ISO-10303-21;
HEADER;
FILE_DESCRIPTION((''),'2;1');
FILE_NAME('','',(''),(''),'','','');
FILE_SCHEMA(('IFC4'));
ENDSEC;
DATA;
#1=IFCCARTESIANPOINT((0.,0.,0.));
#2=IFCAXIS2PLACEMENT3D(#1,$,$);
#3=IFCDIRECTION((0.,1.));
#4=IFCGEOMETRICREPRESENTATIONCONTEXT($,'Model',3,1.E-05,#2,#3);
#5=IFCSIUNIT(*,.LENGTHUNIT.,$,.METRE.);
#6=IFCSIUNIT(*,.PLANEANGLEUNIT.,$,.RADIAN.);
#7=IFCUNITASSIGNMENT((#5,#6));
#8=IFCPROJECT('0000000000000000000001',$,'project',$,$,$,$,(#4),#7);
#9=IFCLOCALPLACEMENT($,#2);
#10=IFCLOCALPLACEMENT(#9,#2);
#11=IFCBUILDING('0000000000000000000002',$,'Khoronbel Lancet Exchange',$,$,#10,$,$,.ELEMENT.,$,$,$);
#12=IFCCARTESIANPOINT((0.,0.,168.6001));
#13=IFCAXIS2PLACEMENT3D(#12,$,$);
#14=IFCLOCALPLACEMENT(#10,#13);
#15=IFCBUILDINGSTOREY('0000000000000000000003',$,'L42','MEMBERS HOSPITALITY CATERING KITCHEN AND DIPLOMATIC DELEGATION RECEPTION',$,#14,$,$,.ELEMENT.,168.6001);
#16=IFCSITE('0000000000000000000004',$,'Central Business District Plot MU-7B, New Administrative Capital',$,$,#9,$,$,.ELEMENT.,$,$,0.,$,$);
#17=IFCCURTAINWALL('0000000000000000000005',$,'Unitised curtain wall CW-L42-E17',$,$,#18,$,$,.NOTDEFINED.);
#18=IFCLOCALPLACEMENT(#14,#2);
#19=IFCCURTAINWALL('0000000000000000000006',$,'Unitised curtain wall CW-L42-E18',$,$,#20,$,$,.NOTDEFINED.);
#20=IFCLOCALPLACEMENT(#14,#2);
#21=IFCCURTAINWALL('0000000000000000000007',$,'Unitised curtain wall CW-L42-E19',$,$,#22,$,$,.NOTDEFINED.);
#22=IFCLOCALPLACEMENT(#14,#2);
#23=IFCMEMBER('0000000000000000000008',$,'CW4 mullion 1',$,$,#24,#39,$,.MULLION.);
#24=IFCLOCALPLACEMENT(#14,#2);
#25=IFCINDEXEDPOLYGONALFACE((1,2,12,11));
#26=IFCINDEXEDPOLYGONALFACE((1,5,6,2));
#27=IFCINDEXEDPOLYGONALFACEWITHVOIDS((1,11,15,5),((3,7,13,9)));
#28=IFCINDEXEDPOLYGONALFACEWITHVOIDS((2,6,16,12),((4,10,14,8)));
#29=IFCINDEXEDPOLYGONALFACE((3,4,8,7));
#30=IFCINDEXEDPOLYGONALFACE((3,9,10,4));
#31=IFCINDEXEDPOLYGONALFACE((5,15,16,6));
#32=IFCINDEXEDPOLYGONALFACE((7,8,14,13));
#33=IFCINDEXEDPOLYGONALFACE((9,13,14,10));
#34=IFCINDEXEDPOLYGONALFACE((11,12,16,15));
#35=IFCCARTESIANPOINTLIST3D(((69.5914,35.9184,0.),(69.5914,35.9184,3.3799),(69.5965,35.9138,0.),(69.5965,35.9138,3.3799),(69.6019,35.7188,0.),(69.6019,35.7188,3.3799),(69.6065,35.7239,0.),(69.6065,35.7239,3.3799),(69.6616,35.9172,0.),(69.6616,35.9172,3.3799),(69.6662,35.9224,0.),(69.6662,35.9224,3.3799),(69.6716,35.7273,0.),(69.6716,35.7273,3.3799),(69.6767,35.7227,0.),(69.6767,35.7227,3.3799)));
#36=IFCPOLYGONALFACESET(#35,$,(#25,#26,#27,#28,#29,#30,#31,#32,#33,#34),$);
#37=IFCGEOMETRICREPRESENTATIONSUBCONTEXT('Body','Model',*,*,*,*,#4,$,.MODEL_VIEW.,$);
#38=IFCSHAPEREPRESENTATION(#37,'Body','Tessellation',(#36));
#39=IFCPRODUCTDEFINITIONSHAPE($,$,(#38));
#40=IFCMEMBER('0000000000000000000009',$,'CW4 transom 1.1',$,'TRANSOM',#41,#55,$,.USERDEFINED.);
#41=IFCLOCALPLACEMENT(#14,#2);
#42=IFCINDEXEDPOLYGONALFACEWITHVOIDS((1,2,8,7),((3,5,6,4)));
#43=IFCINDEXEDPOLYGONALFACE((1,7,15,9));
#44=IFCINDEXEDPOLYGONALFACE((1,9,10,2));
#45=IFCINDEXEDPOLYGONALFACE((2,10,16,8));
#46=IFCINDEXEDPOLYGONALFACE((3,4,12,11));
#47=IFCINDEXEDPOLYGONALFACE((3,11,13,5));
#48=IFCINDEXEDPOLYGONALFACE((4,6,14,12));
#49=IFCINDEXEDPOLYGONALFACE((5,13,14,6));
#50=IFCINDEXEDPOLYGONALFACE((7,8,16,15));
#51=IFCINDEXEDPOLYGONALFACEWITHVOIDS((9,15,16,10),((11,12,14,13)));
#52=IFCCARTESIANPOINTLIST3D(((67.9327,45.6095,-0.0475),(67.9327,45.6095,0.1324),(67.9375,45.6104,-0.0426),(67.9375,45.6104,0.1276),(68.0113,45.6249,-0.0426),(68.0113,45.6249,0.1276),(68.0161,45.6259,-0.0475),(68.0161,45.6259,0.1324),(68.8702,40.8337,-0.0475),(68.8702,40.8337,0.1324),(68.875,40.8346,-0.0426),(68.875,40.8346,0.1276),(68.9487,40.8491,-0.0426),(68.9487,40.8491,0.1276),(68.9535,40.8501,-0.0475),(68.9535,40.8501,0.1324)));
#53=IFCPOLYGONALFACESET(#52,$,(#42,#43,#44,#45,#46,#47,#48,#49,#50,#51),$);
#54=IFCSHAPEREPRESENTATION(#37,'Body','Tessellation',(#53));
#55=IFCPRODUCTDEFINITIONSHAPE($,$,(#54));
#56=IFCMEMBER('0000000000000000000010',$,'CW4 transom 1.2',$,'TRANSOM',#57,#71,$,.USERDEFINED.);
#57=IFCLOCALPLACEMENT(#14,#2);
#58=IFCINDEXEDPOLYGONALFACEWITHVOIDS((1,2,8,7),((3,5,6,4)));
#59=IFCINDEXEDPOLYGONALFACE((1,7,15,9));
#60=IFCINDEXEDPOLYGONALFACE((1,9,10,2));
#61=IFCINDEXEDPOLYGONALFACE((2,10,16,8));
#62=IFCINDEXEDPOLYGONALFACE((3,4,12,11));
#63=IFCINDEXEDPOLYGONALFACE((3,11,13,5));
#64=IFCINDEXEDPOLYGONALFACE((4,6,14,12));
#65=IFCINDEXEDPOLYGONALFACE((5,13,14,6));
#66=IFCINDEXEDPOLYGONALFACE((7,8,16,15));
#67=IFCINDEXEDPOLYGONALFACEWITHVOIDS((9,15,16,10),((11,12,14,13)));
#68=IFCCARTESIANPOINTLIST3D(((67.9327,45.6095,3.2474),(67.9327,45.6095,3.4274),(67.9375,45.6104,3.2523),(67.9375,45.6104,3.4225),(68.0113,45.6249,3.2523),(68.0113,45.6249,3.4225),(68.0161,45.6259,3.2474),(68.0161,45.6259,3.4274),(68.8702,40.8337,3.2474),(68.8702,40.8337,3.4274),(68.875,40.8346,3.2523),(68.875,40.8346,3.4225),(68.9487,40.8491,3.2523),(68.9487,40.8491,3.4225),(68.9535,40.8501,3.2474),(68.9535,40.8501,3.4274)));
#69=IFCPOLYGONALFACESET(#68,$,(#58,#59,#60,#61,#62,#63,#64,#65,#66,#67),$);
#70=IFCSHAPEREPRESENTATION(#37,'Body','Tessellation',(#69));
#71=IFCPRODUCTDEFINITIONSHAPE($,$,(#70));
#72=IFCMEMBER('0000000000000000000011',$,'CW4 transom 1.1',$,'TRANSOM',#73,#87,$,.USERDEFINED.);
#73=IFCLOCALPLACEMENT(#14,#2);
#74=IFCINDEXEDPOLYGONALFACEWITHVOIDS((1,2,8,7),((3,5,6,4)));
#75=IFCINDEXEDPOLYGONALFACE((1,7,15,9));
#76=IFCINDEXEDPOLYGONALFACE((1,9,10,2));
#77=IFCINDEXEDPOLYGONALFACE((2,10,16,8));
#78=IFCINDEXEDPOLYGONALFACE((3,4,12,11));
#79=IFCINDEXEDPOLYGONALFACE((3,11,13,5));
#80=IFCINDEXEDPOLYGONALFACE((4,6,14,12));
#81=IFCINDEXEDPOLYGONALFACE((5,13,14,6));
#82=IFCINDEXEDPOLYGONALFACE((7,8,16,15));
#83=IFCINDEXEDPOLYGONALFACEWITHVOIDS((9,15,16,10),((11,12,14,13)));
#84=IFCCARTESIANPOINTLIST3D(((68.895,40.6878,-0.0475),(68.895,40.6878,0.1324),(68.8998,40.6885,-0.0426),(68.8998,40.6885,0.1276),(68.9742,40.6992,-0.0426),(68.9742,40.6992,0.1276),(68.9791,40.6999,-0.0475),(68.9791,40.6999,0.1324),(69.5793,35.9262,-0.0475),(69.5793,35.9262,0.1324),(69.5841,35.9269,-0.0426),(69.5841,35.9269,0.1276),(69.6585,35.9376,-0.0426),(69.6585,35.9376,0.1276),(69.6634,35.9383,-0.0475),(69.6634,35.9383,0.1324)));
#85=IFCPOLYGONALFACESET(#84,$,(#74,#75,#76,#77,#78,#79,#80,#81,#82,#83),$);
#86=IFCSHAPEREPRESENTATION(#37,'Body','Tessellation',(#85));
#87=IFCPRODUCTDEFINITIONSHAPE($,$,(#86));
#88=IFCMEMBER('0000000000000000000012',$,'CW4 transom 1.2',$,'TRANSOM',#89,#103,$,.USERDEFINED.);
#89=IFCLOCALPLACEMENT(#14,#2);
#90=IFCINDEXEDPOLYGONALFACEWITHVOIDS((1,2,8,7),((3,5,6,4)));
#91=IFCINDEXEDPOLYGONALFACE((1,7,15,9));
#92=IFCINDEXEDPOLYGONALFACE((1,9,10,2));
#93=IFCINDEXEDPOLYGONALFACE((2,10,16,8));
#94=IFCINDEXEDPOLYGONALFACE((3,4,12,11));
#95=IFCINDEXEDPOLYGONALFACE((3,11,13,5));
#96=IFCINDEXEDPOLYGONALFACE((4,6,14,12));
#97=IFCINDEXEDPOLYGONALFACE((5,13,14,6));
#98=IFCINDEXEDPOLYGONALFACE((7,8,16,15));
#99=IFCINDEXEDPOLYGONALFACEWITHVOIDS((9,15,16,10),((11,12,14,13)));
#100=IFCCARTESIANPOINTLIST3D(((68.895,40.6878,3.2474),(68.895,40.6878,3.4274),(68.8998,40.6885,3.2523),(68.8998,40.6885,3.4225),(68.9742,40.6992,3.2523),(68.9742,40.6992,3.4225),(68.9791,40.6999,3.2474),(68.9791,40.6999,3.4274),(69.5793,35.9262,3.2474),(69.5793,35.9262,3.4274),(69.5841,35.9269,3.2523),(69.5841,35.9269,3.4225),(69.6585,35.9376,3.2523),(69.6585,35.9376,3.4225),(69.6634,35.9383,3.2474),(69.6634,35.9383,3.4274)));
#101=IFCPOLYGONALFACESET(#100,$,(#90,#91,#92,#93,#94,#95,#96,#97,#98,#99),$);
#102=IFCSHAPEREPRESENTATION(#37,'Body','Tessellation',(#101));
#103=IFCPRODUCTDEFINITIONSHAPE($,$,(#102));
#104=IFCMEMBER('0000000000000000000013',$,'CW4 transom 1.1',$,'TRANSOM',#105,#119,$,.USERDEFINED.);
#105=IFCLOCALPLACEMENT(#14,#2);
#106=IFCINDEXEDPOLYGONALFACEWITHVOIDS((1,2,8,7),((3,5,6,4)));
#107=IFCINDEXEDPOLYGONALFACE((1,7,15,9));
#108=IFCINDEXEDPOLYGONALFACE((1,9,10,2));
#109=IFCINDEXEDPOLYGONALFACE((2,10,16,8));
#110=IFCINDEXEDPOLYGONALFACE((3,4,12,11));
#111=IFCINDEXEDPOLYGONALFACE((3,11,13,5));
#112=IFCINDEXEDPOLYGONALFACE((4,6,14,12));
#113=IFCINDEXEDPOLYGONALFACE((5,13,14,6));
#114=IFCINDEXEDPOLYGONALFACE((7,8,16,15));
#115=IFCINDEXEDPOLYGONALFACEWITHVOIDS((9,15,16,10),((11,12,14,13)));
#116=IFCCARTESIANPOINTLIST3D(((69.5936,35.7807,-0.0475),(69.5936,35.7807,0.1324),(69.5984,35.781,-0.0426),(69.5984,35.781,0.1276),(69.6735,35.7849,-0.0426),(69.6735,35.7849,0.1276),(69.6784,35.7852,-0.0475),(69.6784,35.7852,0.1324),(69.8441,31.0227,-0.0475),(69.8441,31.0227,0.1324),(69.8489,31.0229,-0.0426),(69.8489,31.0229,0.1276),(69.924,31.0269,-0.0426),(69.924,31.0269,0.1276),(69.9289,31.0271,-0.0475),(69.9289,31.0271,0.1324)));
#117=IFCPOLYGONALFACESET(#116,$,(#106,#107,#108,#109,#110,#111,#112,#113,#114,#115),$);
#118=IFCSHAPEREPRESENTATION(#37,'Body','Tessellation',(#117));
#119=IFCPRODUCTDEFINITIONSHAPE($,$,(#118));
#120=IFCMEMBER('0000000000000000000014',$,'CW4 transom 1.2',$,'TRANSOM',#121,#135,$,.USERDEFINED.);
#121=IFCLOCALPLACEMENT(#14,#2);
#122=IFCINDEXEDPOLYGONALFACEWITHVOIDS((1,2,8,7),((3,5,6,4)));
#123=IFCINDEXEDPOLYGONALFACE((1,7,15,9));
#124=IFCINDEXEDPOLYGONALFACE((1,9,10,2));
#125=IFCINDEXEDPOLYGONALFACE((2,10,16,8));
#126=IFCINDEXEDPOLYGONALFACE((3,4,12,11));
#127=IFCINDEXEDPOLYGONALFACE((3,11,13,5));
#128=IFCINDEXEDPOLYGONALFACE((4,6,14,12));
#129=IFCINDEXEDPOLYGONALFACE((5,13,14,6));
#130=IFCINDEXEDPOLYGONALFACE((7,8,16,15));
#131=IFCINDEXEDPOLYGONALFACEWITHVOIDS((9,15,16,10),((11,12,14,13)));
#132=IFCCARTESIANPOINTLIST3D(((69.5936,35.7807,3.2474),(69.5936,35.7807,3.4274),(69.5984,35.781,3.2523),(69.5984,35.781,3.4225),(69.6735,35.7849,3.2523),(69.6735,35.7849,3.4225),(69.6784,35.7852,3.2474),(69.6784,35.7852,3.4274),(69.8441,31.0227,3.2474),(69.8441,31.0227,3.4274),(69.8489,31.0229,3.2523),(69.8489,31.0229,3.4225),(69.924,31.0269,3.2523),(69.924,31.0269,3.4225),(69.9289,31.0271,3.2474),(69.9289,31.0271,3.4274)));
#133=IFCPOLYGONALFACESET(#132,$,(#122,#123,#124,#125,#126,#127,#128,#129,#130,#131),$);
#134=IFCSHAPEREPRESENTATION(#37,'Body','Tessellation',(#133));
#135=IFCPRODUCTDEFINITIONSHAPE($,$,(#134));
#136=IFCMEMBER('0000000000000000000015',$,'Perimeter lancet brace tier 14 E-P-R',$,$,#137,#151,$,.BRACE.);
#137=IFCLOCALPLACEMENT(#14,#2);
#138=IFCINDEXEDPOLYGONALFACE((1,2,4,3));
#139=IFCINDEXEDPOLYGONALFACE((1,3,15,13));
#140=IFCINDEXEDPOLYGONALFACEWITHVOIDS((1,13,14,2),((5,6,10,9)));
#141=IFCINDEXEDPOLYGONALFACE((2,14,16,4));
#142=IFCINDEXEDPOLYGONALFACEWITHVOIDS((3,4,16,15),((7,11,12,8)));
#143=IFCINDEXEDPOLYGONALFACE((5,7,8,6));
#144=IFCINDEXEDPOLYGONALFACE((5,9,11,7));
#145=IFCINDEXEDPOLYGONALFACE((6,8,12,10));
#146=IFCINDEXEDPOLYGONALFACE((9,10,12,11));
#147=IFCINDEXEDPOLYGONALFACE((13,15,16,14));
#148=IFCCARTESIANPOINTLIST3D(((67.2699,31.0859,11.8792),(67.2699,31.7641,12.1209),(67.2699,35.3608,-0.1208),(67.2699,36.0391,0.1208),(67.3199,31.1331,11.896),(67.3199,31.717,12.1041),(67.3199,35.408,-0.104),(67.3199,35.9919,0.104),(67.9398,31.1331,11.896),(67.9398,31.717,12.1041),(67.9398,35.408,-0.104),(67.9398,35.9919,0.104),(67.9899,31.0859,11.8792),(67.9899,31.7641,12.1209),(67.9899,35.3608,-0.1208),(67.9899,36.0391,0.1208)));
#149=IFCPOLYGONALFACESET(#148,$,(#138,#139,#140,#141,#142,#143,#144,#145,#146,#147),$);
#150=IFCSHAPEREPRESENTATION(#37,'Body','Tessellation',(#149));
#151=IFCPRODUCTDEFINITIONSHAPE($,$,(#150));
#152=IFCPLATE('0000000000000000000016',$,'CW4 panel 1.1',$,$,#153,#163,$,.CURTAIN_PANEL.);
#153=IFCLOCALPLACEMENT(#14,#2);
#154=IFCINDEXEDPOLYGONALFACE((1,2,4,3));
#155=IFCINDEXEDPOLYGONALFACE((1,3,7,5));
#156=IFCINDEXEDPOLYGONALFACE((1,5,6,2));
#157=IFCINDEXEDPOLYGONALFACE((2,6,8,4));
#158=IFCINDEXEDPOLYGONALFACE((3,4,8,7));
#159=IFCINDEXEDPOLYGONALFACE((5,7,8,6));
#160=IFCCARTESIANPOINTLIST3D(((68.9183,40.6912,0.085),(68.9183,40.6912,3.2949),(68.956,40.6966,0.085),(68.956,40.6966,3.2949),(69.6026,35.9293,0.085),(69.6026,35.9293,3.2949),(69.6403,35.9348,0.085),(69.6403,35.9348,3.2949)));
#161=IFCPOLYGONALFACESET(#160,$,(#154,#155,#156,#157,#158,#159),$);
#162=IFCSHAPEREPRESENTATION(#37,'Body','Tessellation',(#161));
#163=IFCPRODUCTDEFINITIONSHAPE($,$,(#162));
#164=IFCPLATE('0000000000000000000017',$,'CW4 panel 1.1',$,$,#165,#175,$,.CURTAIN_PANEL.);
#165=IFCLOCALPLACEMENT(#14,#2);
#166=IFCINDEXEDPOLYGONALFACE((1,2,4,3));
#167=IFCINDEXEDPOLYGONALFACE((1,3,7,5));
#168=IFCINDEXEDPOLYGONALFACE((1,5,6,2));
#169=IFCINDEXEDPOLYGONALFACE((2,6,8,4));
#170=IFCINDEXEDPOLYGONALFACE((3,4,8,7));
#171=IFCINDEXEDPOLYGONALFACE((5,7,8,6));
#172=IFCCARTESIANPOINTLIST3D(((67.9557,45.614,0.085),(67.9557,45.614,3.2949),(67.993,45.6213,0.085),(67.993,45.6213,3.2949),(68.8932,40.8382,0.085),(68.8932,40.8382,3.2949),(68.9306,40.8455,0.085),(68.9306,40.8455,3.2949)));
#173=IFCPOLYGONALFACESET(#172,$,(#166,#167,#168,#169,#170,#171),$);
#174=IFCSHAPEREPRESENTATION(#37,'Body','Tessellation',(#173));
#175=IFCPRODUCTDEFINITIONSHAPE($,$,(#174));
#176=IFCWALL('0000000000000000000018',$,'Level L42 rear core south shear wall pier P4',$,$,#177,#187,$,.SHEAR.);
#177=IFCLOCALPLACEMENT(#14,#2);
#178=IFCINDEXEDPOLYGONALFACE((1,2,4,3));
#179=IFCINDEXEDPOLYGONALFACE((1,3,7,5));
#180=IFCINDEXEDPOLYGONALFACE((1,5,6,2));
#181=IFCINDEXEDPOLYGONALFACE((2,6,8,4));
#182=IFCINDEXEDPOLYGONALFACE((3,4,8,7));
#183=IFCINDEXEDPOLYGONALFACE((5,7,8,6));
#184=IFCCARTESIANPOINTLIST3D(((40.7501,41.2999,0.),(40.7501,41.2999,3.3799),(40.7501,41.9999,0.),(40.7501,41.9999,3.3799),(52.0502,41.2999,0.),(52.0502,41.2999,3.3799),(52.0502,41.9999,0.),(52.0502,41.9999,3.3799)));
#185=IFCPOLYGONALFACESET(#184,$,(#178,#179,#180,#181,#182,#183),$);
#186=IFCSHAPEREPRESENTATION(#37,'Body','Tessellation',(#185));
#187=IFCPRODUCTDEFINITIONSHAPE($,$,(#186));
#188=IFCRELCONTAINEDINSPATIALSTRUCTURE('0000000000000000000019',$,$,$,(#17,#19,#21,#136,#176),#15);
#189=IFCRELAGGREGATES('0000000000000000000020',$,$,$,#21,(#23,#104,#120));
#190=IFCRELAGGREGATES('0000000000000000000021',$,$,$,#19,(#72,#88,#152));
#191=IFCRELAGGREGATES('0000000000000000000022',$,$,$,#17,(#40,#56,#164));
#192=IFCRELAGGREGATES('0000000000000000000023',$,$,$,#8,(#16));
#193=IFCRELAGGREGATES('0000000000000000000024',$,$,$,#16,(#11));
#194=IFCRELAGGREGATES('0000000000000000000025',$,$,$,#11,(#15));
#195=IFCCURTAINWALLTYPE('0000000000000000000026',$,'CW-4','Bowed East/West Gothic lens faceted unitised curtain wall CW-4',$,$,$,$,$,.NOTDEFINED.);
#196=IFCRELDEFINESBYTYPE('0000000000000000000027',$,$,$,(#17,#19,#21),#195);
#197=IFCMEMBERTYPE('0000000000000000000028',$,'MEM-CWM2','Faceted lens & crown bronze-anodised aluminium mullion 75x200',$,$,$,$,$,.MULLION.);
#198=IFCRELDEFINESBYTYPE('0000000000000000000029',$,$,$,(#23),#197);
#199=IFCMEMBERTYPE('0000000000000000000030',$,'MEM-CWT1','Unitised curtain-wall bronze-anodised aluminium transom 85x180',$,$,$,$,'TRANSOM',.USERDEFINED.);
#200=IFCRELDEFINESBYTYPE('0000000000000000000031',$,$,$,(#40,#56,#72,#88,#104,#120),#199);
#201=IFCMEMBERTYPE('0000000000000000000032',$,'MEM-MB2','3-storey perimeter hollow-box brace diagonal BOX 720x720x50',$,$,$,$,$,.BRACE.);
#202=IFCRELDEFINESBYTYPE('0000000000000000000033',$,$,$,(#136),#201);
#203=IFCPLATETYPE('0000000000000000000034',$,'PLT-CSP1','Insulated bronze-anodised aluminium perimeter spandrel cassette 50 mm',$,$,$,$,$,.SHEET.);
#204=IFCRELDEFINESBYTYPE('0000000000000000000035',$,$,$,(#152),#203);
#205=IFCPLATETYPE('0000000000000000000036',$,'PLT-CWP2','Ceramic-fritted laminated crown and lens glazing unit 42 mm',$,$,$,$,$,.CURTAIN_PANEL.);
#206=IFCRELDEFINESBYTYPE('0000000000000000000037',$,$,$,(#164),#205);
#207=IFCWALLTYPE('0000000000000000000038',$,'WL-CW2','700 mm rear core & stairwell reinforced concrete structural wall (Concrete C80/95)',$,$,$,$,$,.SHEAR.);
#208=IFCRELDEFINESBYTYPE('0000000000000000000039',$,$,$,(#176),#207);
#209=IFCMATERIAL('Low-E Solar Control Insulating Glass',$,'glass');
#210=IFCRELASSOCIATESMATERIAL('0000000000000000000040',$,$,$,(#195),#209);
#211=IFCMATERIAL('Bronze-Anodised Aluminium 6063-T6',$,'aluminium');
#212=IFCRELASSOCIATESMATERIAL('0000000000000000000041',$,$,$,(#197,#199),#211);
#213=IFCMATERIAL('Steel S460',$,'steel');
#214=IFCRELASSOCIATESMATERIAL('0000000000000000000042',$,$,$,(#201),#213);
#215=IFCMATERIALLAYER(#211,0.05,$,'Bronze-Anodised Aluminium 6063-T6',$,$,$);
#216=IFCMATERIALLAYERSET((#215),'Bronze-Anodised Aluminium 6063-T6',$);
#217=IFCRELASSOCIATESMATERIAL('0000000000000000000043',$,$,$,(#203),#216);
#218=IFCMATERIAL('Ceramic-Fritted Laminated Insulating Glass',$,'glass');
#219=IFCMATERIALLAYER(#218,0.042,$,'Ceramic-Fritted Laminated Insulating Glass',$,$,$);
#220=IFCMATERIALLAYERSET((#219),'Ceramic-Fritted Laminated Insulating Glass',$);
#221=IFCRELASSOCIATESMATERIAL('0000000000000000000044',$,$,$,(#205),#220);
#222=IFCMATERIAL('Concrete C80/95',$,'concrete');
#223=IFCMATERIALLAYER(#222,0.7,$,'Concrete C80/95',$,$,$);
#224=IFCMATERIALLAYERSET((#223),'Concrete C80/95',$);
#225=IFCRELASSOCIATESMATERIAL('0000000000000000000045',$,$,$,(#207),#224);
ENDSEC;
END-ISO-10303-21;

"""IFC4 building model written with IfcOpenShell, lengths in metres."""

from ifc_helpers import new_model, si_unit, direction, frame, frame_2d, origin, origin_2d, place, context, subcontext, project, spatial, rectangle, hollow_rectangle, extrude, material, layer, layer_set, material_profile, profile_set, type_object, element, aggregate, save


model = new_model("IFC4")

# Units and contexts
model_context = context("Model", 3, precision=1e-05, world=origin(), true_north=direction((0.0, 1.0)))
body_context = subcontext(model_context, "Body", "Model", "MODEL_VIEW")
ifc_project = project(units=[si_unit("LENGTHUNIT", "METRE"), si_unit("PLANEANGLEUNIT", "RADIAN")], contexts=[model_context])

# Site, building, storey
site_placement = place(None, origin())
site = spatial("IfcSite", under=ifc_project, at=site_placement, Name="Central Business District Plot MU-7B, New Administrative Capital", CompositionType="ELEMENT", RefElevation=0.0)
building_placement = place(site_placement, origin())
building = spatial("IfcBuilding", under=site, at=building_placement, Name="Khoronbel Lancet Exchange", CompositionType="ELEMENT")
storey_placement = place(building_placement, frame((0.0, 0.0, 168.6001)))
storey = spatial("IfcBuildingStorey", under=building, at=storey_placement, Name="L42", Description="MEMBERS HOSPITALITY CATERING KITCHEN AND DIPLOMATIC DELEGATION RECEPTION", CompositionType="ELEMENT", Elevation=168.6001)

# Shared definitions
ifc_material_1 = material(Name="Steel S460", Category="steel")

# Shared definitions
ifc_material_2 = material(Name="Concrete C80/95", Category="concrete")

# Curtain wall
ifc_material_3 = material(Name="Low-E Solar Control Insulating Glass", Category="glass")
curtain_wall_type = type_object("IfcCurtainWallType", Name="CW-4", Description="Bowed East/West Gothic lens faceted unitised curtain wall CW-4", PredefinedType="NOTDEFINED", material=ifc_material_3)
curtain_wall_1_placement = place(storey_placement, origin())
curtain_wall_1 = element("IfcCurtainWall", 1, at=curtain_wall_1_placement, inside=storey, type_object=curtain_wall_type, Name="Unitised curtain wall CW-L42-E17", PredefinedType="NOTDEFINED")
ifc_material_4 = material(Name="Bronze-Anodised Aluminium 6063-T6", Category="aluminium")
ifc_material_profile_1 = material_profile(ifc_material_4, hollow_rectangle(XDim=0.075, YDim=0.2, WallThickness=0.0049, at=origin_2d()), Name="ALU MULLION 75x200")
ifc_profile_set_1 = profile_set([ifc_material_profile_1], Name="Bronze-Anodised Aluminium 6063-T6")
member_type_1 = type_object("IfcMemberType", Name="MEM-CWM2", Description="Faceted lens & crown bronze-anodised aluminium mullion 75x200", PredefinedType="MULLION", material=ifc_profile_set_1)

# Curtain wall
curtain_wall_2_placement = place(storey_placement, origin())
curtain_wall_2 = element("IfcCurtainWall", 2, at=curtain_wall_2_placement, inside=storey, type_object=curtain_wall_type, Name="Unitised curtain wall CW-L42-E18", PredefinedType="NOTDEFINED")

# Curtain wall, member
curtain_wall_3_placement = place(storey_placement, origin())
curtain_wall_3 = element("IfcCurtainWall", 3, at=curtain_wall_3_placement, inside=storey, type_object=curtain_wall_type, Name="Unitised curtain wall CW-L42-E19", PredefinedType="NOTDEFINED")
member_1_placement = place(storey_placement, frame((69.634, 35.8206, 0.0), z_axis=(0.0, 0.0, 1.0), x_axis=(0.998619, 0.052536, 0.0)))
member_1 = element("IfcMember", 4, at=member_1_placement, type_object=member_type_1, Name="CW4 mullion 1", PredefinedType="MULLION", context=body_context, shape_type="SweptSolid", body=[
    extrude(hollow_rectangle(XDim=0.075, YDim=0.2, WallThickness=0.0049, at=origin_2d()), origin(), (0.0, 0.0, 1.0), 3.3799),
])

# Members
ifc_material_profile_2 = material_profile(ifc_material_4, hollow_rectangle(XDim=0.085, YDim=0.1799, WallThickness=0.0049, at=origin_2d()), Name="ALU TRANSOM 85x180")
ifc_profile_set_2 = profile_set([ifc_material_profile_2], Name="Bronze-Anodised Aluminium 6063-T6")
member_type_2 = type_object("IfcMemberType", Name="MEM-CWT1", Description="Unitised curtain-wall bronze-anodised aluminium transom 85x180", ElementType="TRANSOM", PredefinedType="USERDEFINED", material=ifc_profile_set_2)
member_2_placement = place(storey_placement, frame((67.9744, 45.6177, 0.0425), z_axis=(0.192623, -0.981273, 0.0), x_axis=(0.981273, 0.192623, 0.0)))
member_2 = element("IfcMember", 5, at=member_2_placement, type_object=member_type_2, Name="CW4 transom 1.1", ObjectType="TRANSOM", PredefinedType="USERDEFINED", context=body_context, shape_type="SweptSolid", body=[
    extrude(hollow_rectangle(XDim=0.085, YDim=0.1799, WallThickness=0.0049, at=origin_2d()), origin(), (0.0, 0.0, 1.0), 4.8669),
])
member_3_placement = place(storey_placement, frame((67.9744, 45.6177, 3.3374), z_axis=(0.192623, -0.981273, 0.0), x_axis=(0.981273, 0.192623, 0.0)))
member_3 = element("IfcMember", 6, at=member_3_placement, type_object=member_type_2, Name="CW4 transom 1.2", ObjectType="TRANSOM", PredefinedType="USERDEFINED", context=body_context, shape_type="SweptSolid", body=[
    extrude(hollow_rectangle(XDim=0.085, YDim=0.1799, WallThickness=0.0049, at=origin_2d()), origin(), (0.0, 0.0, 1.0), 4.8669),
])
member_4_placement = place(storey_placement, frame((68.937, 40.6938, 0.0425), z_axis=(0.142253, -0.98983, 0.0), x_axis=(0.98983, 0.142253, 0.0)))
member_4 = element("IfcMember", 7, at=member_4_placement, type_object=member_type_2, Name="CW4 transom 1.1", ObjectType="TRANSOM", PredefinedType="USERDEFINED", context=body_context, shape_type="SweptSolid", body=[
    extrude(hollow_rectangle(XDim=0.085, YDim=0.1799, WallThickness=0.0049, at=origin_2d()), origin(), (0.0, 0.0, 1.0), 4.8105),
])
member_5_placement = place(storey_placement, frame((68.937, 40.6938, 3.3374), z_axis=(0.142253, -0.98983, 0.0), x_axis=(0.98983, 0.142253, 0.0)))
member_5 = element("IfcMember", 8, at=member_5_placement, type_object=member_type_2, Name="CW4 transom 1.2", ObjectType="TRANSOM", PredefinedType="USERDEFINED", context=body_context, shape_type="SweptSolid", body=[
    extrude(hollow_rectangle(XDim=0.085, YDim=0.1799, WallThickness=0.0049, at=origin_2d()), origin(), (0.0, 0.0, 1.0), 4.8105),
])
member_6_placement = place(storey_placement, frame((69.636, 35.783, 0.0425), z_axis=(0.052572, -0.998617, 0.0), x_axis=(0.998617, 0.052572, 0.0)))
member_6 = element("IfcMember", 9, at=member_6_placement, type_object=member_type_2, Name="CW4 transom 1.1", ObjectType="TRANSOM", PredefinedType="USERDEFINED", context=body_context, shape_type="SweptSolid", body=[
    extrude(hollow_rectangle(XDim=0.085, YDim=0.1799, WallThickness=0.0049, at=origin_2d()), origin(), (0.0, 0.0, 1.0), 4.7646),
])
member_7_placement = place(storey_placement, frame((69.636, 35.783, 3.3374), z_axis=(0.052572, -0.998617, 0.0), x_axis=(0.998617, 0.052572, 0.0)))
member_7 = element("IfcMember", 10, at=member_7_placement, type_object=member_type_2, Name="CW4 transom 1.2", ObjectType="TRANSOM", PredefinedType="USERDEFINED", context=body_context, shape_type="SweptSolid", body=[
    extrude(hollow_rectangle(XDim=0.085, YDim=0.1799, WallThickness=0.0049, at=origin_2d()), origin(), (0.0, 0.0, 1.0), 4.7646),
])
aggregate(curtain_wall_3, [member_1, member_6, member_7])
ifc_material_profile_3 = material_profile(ifc_material_1, hollow_rectangle(XDim=0.72, YDim=0.72, WallThickness=0.05, at=origin_2d()), Name="BOX 720x720x50")
ifc_profile_set_3 = profile_set([ifc_material_profile_3], Name="Steel S460")
member_type_3 = type_object("IfcMemberType", Name="MEM-MB2", Description="3-storey perimeter hollow-box brace diagonal BOX 720x720x50", PredefinedType="BRACE", material=ifc_profile_set_3)
member_8_placement = place(storey_placement, frame((67.6299, 35.7, 0.0), z_axis=(0.0, -0.335584, 0.94201), x_axis=(1.0, 0.0, 0.0)))
element("IfcMember", 11, at=member_8_placement, inside=storey, type_object=member_type_3, Name="Perimeter lancet brace tier 14 E-P-R", PredefinedType="BRACE", context=body_context, shape_type="SweptSolid", body=[
    extrude(hollow_rectangle(XDim=0.72, YDim=0.72, WallThickness=0.05, at=origin_2d()), origin(), (0.0, 0.0, 1.0), 12.7388),
])

# Plates
ifc_layer_1 = layer(ifc_material_4, 0.05, Name="Bronze-Anodised Aluminium 6063-T6")
ifc_layer_set_1 = layer_set([ifc_layer_1], Name="Bronze-Anodised Aluminium 6063-T6")
plate_type_1 = type_object("IfcPlateType", Name="PLT-CSP1", Description="Insulated bronze-anodised aluminium perimeter spandrel cassette 50 mm", PredefinedType="SHEET", material=ifc_layer_set_1)
plate_1_placement = place(storey_placement, frame((69.2793, 38.313, 0.085), z_axis=(0.0, 0.0, 1.0), x_axis=(0.142257, -0.98983, 0.0)))
plate_1 = element("IfcPlate", 12, at=plate_1_placement, type_object=plate_type_1, Name="CW4 panel 1.1", PredefinedType="CURTAIN_PANEL", context=body_context, shape_type="SweptSolid", body=[
    extrude(rectangle(XDim=4.8108, YDim=0.0381, at=origin_2d()), origin(), (0.0, 0.0, 1.0), 3.21),
])
aggregate(curtain_wall_2, [member_4, member_5, plate_1])
ifc_material_5 = material(Name="Ceramic-Fritted Laminated Insulating Glass", Category="glass")
ifc_layer_2 = layer(ifc_material_5, 0.042, Name="Ceramic-Fritted Laminated Insulating Glass")
ifc_layer_set_2 = layer_set([ifc_layer_2], Name="Ceramic-Fritted Laminated Insulating Glass")
plate_type_2 = type_object("IfcPlateType", Name="PLT-CWP2", Description="Ceramic-fritted laminated crown and lens glazing unit 42 mm", PredefinedType="CURTAIN_PANEL", material=ifc_layer_set_2)
plate_2_placement = place(storey_placement, frame((68.4431, 43.2297, 0.085), z_axis=(0.0, 0.0, 1.0), x_axis=(0.192627, -0.981272, 0.0)))
plate_2 = element("IfcPlate", 13, at=plate_2_placement, type_object=plate_type_2, Name="CW4 panel 1.1", PredefinedType="CURTAIN_PANEL", context=body_context, shape_type="SweptSolid", body=[
    extrude(rectangle(XDim=4.8669, YDim=0.0381, at=origin_2d()), origin(), (0.0, 0.0, 1.0), 3.21),
])
aggregate(curtain_wall_1, [member_2, member_3, plate_2])

# Wall
ifc_layer_3 = layer(ifc_material_2, 0.7, Name="Concrete C80/95")
ifc_layer_set_3 = layer_set([ifc_layer_3], Name="Concrete C80/95")
wall_type_1 = type_object("IfcWallType", Name="WL-CW2", Description="700 mm rear core & stairwell reinforced concrete structural wall (Concrete C80/95)", PredefinedType="SHEAR", material=ifc_layer_set_3)
wall_1_placement = place(storey_placement, frame((52.05, 41.6499, 0.0), z_axis=(0.0, 0.0, 1.0), x_axis=(-1.0, 0.0, 0.0)))
element("IfcWall", 14, at=wall_1_placement, inside=storey, type_object=wall_type_1, Name="Level L42 rear core south shear wall pier P4", PredefinedType="SHEAR", context=body_context, shape_type="SweptSolid", body=[
    extrude(rectangle(XDim=11.3, YDim=0.7, at=frame_2d((5.6499, 0.0))), origin(), (0.0, 0.0, 1.0), 3.3799),
])

save(model, "model.ifc")
